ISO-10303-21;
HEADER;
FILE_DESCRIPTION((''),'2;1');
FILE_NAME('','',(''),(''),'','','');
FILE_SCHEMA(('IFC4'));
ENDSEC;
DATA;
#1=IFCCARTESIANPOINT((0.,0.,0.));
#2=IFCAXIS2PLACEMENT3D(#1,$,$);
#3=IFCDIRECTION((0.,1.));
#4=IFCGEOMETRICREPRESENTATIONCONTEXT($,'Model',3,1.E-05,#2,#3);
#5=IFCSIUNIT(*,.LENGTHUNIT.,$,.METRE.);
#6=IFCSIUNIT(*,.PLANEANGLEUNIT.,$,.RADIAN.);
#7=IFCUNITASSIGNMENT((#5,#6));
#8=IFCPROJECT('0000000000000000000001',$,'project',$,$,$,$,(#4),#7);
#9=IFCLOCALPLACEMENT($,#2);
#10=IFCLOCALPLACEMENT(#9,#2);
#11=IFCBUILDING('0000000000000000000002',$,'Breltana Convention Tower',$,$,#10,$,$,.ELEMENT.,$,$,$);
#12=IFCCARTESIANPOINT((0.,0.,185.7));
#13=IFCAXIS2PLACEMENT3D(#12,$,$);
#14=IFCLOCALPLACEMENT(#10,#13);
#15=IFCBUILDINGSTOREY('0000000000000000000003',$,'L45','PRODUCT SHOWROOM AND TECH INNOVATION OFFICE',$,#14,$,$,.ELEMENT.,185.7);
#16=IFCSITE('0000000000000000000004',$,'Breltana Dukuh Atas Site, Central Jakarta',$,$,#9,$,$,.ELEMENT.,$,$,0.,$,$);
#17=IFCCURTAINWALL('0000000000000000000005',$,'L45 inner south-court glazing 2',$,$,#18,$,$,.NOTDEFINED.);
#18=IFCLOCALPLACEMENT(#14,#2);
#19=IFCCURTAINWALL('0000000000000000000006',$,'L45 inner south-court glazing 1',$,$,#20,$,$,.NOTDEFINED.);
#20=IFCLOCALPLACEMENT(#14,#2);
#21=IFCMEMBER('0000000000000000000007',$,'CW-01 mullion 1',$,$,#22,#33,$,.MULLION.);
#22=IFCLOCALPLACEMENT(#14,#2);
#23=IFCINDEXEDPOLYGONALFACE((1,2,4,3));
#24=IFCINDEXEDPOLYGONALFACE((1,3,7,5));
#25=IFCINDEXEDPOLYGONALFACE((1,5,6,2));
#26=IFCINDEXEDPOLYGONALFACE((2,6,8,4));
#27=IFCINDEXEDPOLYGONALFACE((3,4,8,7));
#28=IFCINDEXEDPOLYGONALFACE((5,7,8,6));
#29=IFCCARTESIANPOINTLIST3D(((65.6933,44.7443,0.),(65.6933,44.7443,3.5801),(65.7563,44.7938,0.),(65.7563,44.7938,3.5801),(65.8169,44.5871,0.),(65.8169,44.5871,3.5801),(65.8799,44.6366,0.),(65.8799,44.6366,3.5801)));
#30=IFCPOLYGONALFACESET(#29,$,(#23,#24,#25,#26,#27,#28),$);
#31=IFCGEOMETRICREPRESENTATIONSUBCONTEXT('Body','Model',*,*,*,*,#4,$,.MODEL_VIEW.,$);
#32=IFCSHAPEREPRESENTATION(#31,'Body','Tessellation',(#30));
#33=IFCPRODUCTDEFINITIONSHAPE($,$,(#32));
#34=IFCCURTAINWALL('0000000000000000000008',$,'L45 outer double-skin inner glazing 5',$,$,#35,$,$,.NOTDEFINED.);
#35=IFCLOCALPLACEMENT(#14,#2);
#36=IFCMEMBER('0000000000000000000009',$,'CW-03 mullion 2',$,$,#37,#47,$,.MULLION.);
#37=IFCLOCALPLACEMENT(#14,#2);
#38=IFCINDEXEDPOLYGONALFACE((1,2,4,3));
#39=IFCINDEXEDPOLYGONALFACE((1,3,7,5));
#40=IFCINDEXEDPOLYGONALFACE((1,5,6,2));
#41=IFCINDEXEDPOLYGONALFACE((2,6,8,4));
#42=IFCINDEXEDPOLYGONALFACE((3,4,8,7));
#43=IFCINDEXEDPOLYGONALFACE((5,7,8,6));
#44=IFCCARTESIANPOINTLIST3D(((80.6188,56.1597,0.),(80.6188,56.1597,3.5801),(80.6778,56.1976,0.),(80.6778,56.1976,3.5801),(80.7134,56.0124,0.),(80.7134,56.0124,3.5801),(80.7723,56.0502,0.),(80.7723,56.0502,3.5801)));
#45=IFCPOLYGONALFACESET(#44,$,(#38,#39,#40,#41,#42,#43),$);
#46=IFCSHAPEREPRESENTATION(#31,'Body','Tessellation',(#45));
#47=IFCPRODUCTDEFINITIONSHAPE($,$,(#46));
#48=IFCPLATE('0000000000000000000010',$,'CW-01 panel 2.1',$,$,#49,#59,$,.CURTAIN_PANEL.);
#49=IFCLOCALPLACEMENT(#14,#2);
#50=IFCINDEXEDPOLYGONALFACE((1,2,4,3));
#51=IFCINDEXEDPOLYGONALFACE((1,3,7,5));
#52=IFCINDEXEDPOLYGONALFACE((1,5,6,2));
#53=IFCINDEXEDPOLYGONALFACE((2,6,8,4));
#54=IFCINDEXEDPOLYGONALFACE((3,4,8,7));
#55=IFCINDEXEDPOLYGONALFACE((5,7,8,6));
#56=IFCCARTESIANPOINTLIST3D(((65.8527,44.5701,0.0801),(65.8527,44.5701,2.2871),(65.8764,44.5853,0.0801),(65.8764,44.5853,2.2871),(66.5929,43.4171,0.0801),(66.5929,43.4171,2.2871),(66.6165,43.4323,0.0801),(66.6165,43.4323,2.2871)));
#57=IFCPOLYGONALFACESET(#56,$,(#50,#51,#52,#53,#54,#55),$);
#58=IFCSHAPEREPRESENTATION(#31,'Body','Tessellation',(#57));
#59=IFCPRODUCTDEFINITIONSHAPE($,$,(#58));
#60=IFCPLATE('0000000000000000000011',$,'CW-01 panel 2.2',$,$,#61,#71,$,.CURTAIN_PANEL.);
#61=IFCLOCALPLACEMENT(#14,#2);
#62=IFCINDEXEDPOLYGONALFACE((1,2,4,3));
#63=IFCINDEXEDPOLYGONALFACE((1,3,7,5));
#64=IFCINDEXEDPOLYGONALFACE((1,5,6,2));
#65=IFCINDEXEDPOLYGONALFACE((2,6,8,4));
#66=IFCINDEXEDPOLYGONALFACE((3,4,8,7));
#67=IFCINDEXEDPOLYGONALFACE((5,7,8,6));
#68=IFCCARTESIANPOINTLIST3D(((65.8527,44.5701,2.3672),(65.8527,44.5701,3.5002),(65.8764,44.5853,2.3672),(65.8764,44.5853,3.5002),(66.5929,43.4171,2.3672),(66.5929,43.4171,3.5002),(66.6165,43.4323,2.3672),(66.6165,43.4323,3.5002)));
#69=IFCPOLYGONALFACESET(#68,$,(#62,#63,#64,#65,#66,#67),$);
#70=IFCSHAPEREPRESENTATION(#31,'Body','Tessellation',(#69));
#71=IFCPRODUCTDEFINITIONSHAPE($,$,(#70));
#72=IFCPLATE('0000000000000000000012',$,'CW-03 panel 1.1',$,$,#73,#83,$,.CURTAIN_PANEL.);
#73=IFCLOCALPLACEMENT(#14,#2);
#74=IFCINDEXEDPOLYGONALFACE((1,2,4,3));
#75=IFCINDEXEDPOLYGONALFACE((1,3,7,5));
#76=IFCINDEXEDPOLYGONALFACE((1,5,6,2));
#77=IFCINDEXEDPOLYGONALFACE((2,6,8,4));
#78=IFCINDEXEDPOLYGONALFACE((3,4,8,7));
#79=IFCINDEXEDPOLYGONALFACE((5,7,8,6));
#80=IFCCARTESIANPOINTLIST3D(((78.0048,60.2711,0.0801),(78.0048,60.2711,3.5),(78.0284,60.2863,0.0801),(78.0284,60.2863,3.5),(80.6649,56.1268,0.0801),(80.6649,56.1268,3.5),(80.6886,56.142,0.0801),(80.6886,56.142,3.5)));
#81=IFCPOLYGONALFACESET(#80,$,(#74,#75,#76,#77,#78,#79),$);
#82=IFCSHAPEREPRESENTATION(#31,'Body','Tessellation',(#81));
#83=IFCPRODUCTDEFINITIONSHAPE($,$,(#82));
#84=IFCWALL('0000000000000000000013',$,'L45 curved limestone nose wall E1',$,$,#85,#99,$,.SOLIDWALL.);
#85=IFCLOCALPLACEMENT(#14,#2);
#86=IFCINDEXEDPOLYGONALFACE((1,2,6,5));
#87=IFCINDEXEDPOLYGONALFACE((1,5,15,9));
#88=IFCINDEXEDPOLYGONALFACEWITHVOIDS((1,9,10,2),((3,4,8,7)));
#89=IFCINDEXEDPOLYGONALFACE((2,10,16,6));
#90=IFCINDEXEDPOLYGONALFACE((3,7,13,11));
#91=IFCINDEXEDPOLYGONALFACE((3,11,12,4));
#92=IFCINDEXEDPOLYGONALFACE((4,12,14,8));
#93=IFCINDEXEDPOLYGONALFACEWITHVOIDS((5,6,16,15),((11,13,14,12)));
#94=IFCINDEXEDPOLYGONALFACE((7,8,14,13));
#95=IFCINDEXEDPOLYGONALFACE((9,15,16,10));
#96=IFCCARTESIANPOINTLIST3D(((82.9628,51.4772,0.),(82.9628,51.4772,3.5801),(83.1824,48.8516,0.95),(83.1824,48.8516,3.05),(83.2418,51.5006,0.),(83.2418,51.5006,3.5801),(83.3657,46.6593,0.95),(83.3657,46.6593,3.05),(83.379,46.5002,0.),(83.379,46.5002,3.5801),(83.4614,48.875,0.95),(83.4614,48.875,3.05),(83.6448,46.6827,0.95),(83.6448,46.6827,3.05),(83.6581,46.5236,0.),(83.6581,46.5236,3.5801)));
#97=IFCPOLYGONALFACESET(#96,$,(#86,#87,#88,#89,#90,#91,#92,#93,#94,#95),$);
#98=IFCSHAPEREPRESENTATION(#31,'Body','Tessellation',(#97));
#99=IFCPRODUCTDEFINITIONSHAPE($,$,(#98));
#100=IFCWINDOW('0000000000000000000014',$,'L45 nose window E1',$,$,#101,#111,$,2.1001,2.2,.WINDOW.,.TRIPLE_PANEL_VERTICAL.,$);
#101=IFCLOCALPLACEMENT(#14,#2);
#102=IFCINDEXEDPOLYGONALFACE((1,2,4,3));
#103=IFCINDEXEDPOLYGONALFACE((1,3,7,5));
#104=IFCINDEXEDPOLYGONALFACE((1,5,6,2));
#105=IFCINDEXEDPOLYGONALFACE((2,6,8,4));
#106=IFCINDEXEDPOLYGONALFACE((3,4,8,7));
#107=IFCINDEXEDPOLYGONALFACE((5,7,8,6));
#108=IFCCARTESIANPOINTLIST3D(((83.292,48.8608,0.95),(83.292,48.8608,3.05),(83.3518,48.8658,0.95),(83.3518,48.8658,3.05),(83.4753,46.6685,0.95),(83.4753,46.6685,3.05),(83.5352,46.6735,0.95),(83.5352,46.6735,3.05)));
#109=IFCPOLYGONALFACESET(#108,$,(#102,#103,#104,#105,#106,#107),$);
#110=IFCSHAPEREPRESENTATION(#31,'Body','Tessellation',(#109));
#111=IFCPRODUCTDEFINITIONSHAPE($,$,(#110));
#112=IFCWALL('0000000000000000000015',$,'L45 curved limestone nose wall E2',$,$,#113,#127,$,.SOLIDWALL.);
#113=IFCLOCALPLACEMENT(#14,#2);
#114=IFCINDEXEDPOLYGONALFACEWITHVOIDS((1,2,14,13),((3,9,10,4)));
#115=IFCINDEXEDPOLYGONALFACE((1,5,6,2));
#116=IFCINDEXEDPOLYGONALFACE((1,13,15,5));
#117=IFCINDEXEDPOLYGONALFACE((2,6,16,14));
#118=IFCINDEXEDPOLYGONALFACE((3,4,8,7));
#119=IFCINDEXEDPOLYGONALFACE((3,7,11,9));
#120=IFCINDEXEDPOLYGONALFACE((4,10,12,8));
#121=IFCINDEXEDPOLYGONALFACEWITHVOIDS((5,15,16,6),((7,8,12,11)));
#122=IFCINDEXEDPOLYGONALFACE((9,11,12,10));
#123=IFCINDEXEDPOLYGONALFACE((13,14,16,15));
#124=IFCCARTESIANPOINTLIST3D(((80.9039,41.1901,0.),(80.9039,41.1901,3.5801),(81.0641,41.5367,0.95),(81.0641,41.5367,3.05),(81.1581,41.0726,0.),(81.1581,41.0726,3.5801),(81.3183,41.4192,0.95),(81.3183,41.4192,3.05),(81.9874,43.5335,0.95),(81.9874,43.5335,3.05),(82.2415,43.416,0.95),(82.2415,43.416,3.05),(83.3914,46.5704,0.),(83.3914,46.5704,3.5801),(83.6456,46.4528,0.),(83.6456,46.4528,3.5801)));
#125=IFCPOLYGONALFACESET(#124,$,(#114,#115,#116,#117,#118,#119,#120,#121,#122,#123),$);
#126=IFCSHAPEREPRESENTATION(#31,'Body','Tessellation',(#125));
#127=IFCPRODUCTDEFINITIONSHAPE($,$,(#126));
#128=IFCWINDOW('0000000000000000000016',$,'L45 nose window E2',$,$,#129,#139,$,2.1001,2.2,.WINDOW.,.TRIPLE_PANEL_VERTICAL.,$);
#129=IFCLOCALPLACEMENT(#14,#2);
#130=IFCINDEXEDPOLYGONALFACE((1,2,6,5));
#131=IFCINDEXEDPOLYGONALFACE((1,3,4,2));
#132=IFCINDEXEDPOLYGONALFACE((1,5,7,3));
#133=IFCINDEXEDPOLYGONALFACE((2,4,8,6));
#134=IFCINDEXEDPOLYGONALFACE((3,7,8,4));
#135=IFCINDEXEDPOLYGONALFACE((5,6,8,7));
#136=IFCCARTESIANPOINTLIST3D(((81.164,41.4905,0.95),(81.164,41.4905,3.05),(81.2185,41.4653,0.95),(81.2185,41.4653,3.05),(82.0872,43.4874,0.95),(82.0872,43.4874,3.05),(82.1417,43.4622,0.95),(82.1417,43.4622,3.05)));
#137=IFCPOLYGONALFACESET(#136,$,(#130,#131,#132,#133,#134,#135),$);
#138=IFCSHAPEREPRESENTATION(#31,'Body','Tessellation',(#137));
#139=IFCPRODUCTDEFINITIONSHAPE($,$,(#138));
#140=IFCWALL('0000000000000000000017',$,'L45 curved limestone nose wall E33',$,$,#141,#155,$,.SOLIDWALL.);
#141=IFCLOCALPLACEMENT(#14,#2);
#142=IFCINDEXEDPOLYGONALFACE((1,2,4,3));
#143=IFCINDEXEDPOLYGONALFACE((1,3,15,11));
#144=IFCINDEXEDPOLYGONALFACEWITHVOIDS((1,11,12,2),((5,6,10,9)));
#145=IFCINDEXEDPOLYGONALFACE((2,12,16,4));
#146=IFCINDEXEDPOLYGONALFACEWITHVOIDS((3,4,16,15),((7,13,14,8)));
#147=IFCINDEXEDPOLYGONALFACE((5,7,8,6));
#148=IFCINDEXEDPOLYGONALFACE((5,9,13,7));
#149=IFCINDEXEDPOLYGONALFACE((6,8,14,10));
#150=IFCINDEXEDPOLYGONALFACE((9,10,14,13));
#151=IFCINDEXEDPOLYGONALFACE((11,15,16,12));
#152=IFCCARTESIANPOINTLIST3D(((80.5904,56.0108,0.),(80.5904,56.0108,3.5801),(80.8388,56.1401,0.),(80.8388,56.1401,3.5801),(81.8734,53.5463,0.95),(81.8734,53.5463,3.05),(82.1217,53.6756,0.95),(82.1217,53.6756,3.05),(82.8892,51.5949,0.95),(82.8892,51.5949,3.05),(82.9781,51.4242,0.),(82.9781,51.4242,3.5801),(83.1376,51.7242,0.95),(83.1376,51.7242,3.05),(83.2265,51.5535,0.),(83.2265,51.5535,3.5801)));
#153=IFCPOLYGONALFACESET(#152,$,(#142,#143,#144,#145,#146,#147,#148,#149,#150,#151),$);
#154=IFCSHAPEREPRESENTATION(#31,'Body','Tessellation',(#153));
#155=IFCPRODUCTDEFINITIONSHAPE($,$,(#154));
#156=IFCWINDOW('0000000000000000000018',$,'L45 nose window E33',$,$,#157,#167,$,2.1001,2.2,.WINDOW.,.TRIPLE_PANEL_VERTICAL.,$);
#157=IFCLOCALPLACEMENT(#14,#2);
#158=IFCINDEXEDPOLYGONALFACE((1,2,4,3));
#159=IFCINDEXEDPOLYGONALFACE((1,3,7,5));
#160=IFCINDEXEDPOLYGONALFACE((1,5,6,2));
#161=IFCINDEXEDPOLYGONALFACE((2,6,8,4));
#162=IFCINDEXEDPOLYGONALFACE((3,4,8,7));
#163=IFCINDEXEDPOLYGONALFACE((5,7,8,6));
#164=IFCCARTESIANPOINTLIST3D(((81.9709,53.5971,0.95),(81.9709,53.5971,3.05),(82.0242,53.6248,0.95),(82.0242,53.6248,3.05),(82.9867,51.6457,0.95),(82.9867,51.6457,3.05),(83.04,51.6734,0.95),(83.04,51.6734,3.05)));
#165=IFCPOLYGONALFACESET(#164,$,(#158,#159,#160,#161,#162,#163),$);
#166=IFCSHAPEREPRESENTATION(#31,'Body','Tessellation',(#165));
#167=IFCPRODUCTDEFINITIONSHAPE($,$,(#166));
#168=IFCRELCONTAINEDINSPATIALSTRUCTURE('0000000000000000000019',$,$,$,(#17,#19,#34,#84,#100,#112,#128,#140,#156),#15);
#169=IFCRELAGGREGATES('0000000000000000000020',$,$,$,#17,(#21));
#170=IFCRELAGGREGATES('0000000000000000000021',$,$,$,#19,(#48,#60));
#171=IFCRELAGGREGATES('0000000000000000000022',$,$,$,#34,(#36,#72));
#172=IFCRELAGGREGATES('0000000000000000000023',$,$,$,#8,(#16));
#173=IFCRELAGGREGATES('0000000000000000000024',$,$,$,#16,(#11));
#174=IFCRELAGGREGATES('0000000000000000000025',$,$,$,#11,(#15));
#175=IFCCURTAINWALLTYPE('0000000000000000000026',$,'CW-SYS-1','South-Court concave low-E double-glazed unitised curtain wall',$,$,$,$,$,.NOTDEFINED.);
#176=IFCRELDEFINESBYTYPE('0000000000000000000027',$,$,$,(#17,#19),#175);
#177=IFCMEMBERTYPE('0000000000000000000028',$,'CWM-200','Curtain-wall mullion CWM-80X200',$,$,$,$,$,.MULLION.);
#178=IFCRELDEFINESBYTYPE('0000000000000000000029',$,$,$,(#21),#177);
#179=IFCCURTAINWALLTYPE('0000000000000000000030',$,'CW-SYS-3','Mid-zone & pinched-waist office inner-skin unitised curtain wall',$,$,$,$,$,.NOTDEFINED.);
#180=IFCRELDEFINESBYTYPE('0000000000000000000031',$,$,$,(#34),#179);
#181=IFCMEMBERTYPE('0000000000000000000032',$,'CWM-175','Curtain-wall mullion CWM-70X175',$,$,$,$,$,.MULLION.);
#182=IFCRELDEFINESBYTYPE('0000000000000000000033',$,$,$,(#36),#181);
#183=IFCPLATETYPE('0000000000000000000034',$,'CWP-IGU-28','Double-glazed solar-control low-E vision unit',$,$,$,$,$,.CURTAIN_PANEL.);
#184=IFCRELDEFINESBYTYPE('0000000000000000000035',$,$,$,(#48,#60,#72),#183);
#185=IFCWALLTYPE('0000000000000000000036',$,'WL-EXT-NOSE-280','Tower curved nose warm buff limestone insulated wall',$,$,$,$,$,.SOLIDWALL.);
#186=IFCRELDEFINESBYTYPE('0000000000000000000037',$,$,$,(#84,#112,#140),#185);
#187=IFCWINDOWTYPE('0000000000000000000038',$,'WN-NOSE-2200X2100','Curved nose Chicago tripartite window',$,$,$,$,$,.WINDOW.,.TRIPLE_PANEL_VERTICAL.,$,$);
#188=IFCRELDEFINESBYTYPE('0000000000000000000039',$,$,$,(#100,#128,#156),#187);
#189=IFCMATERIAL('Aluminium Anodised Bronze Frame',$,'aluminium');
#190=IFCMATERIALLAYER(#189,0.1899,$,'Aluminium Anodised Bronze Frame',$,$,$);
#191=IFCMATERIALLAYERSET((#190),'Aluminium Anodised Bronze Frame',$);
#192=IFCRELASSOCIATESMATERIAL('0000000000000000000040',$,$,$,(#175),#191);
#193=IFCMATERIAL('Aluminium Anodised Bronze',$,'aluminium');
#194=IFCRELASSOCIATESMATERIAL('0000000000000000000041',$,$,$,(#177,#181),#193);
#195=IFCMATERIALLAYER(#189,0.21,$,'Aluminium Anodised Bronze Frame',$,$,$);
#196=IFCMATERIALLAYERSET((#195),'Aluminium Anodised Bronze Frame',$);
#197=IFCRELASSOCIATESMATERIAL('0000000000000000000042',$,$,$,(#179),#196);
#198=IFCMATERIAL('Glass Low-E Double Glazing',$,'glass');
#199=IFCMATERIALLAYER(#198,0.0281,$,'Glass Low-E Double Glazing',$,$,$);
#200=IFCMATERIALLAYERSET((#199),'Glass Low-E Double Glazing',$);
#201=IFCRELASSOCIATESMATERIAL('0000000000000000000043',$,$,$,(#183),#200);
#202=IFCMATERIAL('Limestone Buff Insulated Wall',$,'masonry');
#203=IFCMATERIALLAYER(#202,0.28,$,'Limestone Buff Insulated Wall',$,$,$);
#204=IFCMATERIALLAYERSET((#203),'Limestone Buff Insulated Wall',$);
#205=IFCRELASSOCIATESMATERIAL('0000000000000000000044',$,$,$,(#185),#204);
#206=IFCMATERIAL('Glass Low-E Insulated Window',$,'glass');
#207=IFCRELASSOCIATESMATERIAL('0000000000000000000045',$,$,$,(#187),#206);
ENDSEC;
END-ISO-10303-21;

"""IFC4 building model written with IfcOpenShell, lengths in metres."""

from ifc_helpers import new_model, si_unit, direction, frame, frame_2d, origin, origin_2d, place, context, subcontext, project, spatial, rectangle, extrude, source, transform, mapped, material, layer, layer_set, material_profile, profile_set, type_object, type_shapes, element, fill, aggregate, save


model = new_model("IFC4")

# Units and contexts
model_context = context("Model", 3, precision=1e-05, world=origin(), true_north=direction((0.0, 1.0)))
body_context = subcontext(model_context, "Body", "Model", "MODEL_VIEW")
ifc_project = project(units=[si_unit("LENGTHUNIT", "METRE"), si_unit("PLANEANGLEUNIT", "RADIAN")], contexts=[model_context])

# Site, building, storey
site_placement = place(None, origin())
site = spatial("IfcSite", under=ifc_project, at=site_placement, Name="Breltana Dukuh Atas Site, Central Jakarta", CompositionType="ELEMENT", RefElevation=0.0)
building_placement = place(site_placement, origin())
building = spatial("IfcBuilding", under=site, at=building_placement, Name="Breltana Convention Tower", CompositionType="ELEMENT")
storey_placement = place(building_placement, frame((0.0, 0.0, 185.7)))
storey = spatial("IfcBuildingStorey", under=building, at=storey_placement, Name="L45", Description="PRODUCT SHOWROOM AND TECH INNOVATION OFFICE", CompositionType="ELEMENT", Elevation=185.7)

# Curtain wall
ifc_material_1 = material(Name="Aluminium Anodised Bronze Frame", Category="aluminium")
ifc_layer_1 = layer(ifc_material_1, 0.1899, Name="Aluminium Anodised Bronze Frame")
ifc_layer_set_1 = layer_set([ifc_layer_1], Name="Aluminium Anodised Bronze Frame")
curtain_wall_type_1 = type_object("IfcCurtainWallType", Name="CW-SYS-1", Description="South-Court concave low-E double-glazed unitised curtain wall", PredefinedType="NOTDEFINED", material=ifc_layer_set_1)
curtain_wall_1_placement = place(storey_placement, origin())
curtain_wall_1 = element("IfcCurtainWall", 1, at=curtain_wall_1_placement, inside=storey, type_object=curtain_wall_type_1, Name="L45 inner south-court glazing 2", PredefinedType="NOTDEFINED")
ifc_material_2 = material(Name="Aluminium Anodised Bronze", Category="aluminium")

# Curtain wall
curtain_wall_2_placement = place(storey_placement, origin())
curtain_wall_2 = element("IfcCurtainWall", 2, at=curtain_wall_2_placement, inside=storey, type_object=curtain_wall_type_1, Name="L45 inner south-court glazing 1", PredefinedType="NOTDEFINED")
ifc_material_profile_1 = material_profile(ifc_material_2, rectangle(XDim=0.0801, YDim=0.2, at=origin_2d()), Name="CWM-80X200")
ifc_profile_set_1 = profile_set([ifc_material_profile_1], Name="Aluminium Anodised Bronze")
member_type_1 = type_object("IfcMemberType", Name="CWM-200", Description="Curtain-wall mullion CWM-80X200", PredefinedType="MULLION", material=ifc_profile_set_1)
shared_shape_1 = source(origin(), body_context, "Body", "SweptSolid", [
    extrude(rectangle(XDim=0.0801, YDim=0.2, at=origin_2d()), origin(), (0.0, 0.0, 1.0), 3.5801),
])

# Member
member_1_placement = place(storey_placement, frame((65.7866, 44.6904, 0.0), z_axis=(0.0, 0.0, 1.0), x_axis=(-0.786051, -0.618161, 0.0)))
member_1 = element("IfcMember", 3, at=member_1_placement, type_object=member_type_1, Name="CW-01 mullion 1", PredefinedType="MULLION", context=body_context, shape_type="MappedRepresentation", body=[
    mapped(shared_shape_1, transform((0.0, 0.0, 0.0), scale=1.0)),
])
aggregate(curtain_wall_1, [member_1])

# Curtain wall, member
ifc_layer_2 = layer(ifc_material_1, 0.21, Name="Aluminium Anodised Bronze Frame")
ifc_layer_set_2 = layer_set([ifc_layer_2], Name="Aluminium Anodised Bronze Frame")
curtain_wall_type_2 = type_object("IfcCurtainWallType", Name="CW-SYS-3", Description="Mid-zone & pinched-waist office inner-skin unitised curtain wall", PredefinedType="NOTDEFINED", material=ifc_layer_set_2)
curtain_wall_3_placement = place(storey_placement, origin())
curtain_wall_3 = element("IfcCurtainWall", 4, at=curtain_wall_3_placement, inside=storey, type_object=curtain_wall_type_2, Name="L45 outer double-skin inner glazing 5", PredefinedType="NOTDEFINED")
ifc_material_profile_2 = material_profile(ifc_material_2, rectangle(XDim=0.0701, YDim=0.175, at=origin_2d()), Name="CWM-70X175")
ifc_profile_set_2 = profile_set([ifc_material_profile_2], Name="Aluminium Anodised Bronze")
member_type_2 = type_object("IfcMemberType", Name="CWM-175", Description="Curtain-wall mullion CWM-70X175", PredefinedType="MULLION", material=ifc_profile_set_2)
shared_shape_2 = source(origin(), body_context, "Body", "SweptSolid", [
    extrude(rectangle(XDim=0.0701, YDim=0.175, at=origin_2d()), origin(), (0.0, 0.0, 1.0), 3.5801),
])
member_2_placement = place(storey_placement, frame((80.6956, 56.105, 0.0), z_axis=(0.0, 0.0, 1.0), x_axis=(0.841554, 0.540173, 0.0)))
member_2 = element("IfcMember", 5, at=member_2_placement, type_object=member_type_2, Name="CW-03 mullion 2", PredefinedType="MULLION", context=body_context, shape_type="MappedRepresentation", body=[
    mapped(shared_shape_2, transform((0.0, 0.0, 0.0), scale=1.0)),
])

# Plates
ifc_material_3 = material(Name="Glass Low-E Double Glazing", Category="glass")
ifc_layer_3 = layer(ifc_material_3, 0.0281, Name="Glass Low-E Double Glazing")
ifc_layer_set_3 = layer_set([ifc_layer_3], Name="Glass Low-E Double Glazing")
plate_type = type_object("IfcPlateType", Name="CWP-IGU-28", Description="Double-glazed solar-control low-E vision unit", PredefinedType="CURTAIN_PANEL", material=ifc_layer_set_3)
shared_shape_3 = source(origin(), body_context, "Body", "SweptSolid", [
    extrude(rectangle(XDim=1.3701, YDim=0.0281, at=origin_2d()), origin(), (0.0, 0.0, 1.0), 2.207),
])
plate_1_placement = place(storey_placement, frame((66.2346, 44.0012, 0.0801), z_axis=(0.0, 0.0, 1.0), x_axis=(-0.540184, 0.841547, 0.0)))
plate_1 = element("IfcPlate", 6, at=plate_1_placement, type_object=plate_type, Name="CW-01 panel 2.1", PredefinedType="CURTAIN_PANEL", context=body_context, shape_type="MappedRepresentation", body=[
    mapped(shared_shape_3, transform((0.0, 0.0, 0.0), scale=1.0)),
])
shared_shape_4 = source(origin(), body_context, "Body", "SweptSolid", [
    extrude(rectangle(XDim=1.3701, YDim=0.0281, at=origin_2d()), origin(), (0.0, 0.0, 1.0), 1.1331),
])
plate_2_placement = place(storey_placement, frame((66.2346, 44.0012, 2.3672), z_axis=(0.0, 0.0, 1.0), x_axis=(-0.540184, 0.841547, 0.0)))
plate_2 = element("IfcPlate", 7, at=plate_2_placement, type_object=plate_type, Name="CW-01 panel 2.2", PredefinedType="CURTAIN_PANEL", context=body_context, shape_type="MappedRepresentation", body=[
    mapped(shared_shape_4, transform((0.0, 0.0, 0.0), scale=1.0)),
])
aggregate(curtain_wall_2, [plate_1, plate_2])
shared_shape_5 = source(origin(), body_context, "Body", "SweptSolid", [
    extrude(rectangle(XDim=4.9246, YDim=0.0281, at=origin_2d()), origin(), (0.0, 0.0, 1.0), 3.4199),
])
plate_3_placement = place(storey_placement, frame((79.3467, 58.2065, 0.0801), z_axis=(0.0, 0.0, 1.0), x_axis=(0.540173, -0.841554, 0.0)))
plate_3 = element("IfcPlate", 8, at=plate_3_placement, type_object=plate_type, Name="CW-03 panel 1.1", PredefinedType="CURTAIN_PANEL", context=body_context, shape_type="MappedRepresentation", body=[
    mapped(shared_shape_5, transform((0.0, 0.0, 0.0), scale=1.0)),
])
aggregate(curtain_wall_3, [member_2, plate_3])

# Walls, openings, windows
ifc_material_4 = material(Name="Limestone Buff Insulated Wall", Category="masonry")
ifc_layer_4 = layer(ifc_material_4, 0.28, Name="Limestone Buff Insulated Wall")
ifc_layer_set_4 = layer_set([ifc_layer_4], Name="Limestone Buff Insulated Wall")
wall_type_1 = type_object("IfcWallType", Name="WL-EXT-NOSE-280", Description="Tower curved nose warm buff limestone insulated wall", PredefinedType="SOLIDWALL", material=ifc_layer_set_4)
shared_shape_6 = source(origin(), body_context, "Body", "SweptSolid", [
    extrude(rectangle(XDim=4.9944, YDim=0.28, at=frame_2d((2.4971, 0.0))), origin(), (0.0, 0.0, 1.0), 3.5801),
])
wall_1_placement = place(storey_placement, frame((83.1023, 51.4888, 0.0), z_axis=(0.0, 0.0, 1.0), x_axis=(0.083345, -0.996521, 0.0)))
wall_1 = element("IfcWall", 9, at=wall_1_placement, inside=storey, type_object=wall_type_1, Name="L45 curved limestone nose wall E1", PredefinedType="SOLIDWALL", context=body_context, shape_type="MappedRepresentation", body=[
    mapped(shared_shape_6, transform((0.0, 0.0, 0.0), scale=1.0)),
])
opening_1_placement = place(wall_1_placement, frame((2.6345, 0.0, 0.95)))
opening_1 = element("IfcOpeningElement", 10, at=opening_1_placement, cuts=wall_1, PredefinedType="OPENING", context=body_context, shape_type="SweptSolid", body=[
    extrude(rectangle(XDim=2.2, YDim=2.1001, at=frame_2d((1.1001, 1.05))), frame((0.0, 0.1499, 0.0), z_axis=(0.0, -1.0, 0.0), x_axis=(1.0, 0.0, 0.0)), (0.0, 0.0, 1.0), 0.3),
])
ifc_material_5 = material(Name="Glass Low-E Insulated Window", Category="glass")
window_type = type_object("IfcWindowType", Name="WN-NOSE-2200X2100", Description="Curved nose Chicago tripartite window", PartitioningType="TRIPLE_PANEL_VERTICAL", PredefinedType="WINDOW", material=ifc_material_5)
shared_shape_7 = source(origin(), body_context, "Body", "SweptSolid", [
    extrude(rectangle(XDim=2.2, YDim=2.1001, at=frame_2d((1.1001, 1.05))), frame((0.0, 0.03, 0.0), z_axis=(0.0, -1.0, 0.0), x_axis=(1.0, 0.0, 0.0)), (0.0, 0.0, 1.0), 0.0601),
])
type_shapes(window_type, [shared_shape_7])
window_1_placement = place(opening_1_placement, origin())
window_1 = element("IfcWindow", 11, at=window_1_placement, inside=storey, type_object=window_type, Name="L45 nose window E1", OverallHeight=2.1001, OverallWidth=2.2, PartitioningType="TRIPLE_PANEL_VERTICAL", PredefinedType="WINDOW", context=body_context, shape_type="MappedRepresentation", body=[
    mapped(shared_shape_7, transform((0.0, 0.0, 0.0), scale=1.0)),
])
fill(opening_1, window_1)
shared_shape_8 = source(origin(), body_context, "Body", "SweptSolid", [
    extrude(rectangle(XDim=5.9275, YDim=0.28, at=frame_2d((2.9639, 0.0))), origin(), (0.0, 0.0, 1.0), 3.5801),
])
wall_2_placement = place(storey_placement, frame((83.5186, 46.5117, 0.0), z_axis=(0.0, 0.0, 1.0), x_axis=(-0.419656, -0.907683, 0.0)))
wall_2 = element("IfcWall", 12, at=wall_2_placement, inside=storey, type_object=wall_type_1, Name="L45 curved limestone nose wall E2", PredefinedType="SOLIDWALL", context=body_context, shape_type="MappedRepresentation", body=[
    mapped(shared_shape_8, transform((0.0, 0.0, 0.0), scale=1.0)),
])
opening_2_placement = place(wall_2_placement, frame((3.3457, 0.0, 0.95)))
opening_2 = element("IfcOpeningElement", 13, at=opening_2_placement, cuts=wall_2, PredefinedType="OPENING", context=body_context, shape_type="SweptSolid", body=[
    extrude(rectangle(XDim=2.2, YDim=2.1001, at=frame_2d((1.1001, 1.05))), frame((0.0, 0.1499, 0.0), z_axis=(0.0, -1.0, 0.0), x_axis=(1.0, 0.0, 0.0)), (0.0, 0.0, 1.0), 0.3),
])
window_2_placement = place(opening_2_placement, origin())
window_2 = element("IfcWindow", 14, at=window_2_placement, inside=storey, type_object=window_type, Name="L45 nose window E2", OverallHeight=2.1001, OverallWidth=2.2, PartitioningType="TRIPLE_PANEL_VERTICAL", PredefinedType="WINDOW", context=body_context, shape_type="MappedRepresentation", body=[
    mapped(shared_shape_7, transform((0.0, 0.0, 0.0), scale=1.0)),
])
fill(opening_2, window_2)
shared_shape_9 = source(origin(), body_context, "Body", "SweptSolid", [
    extrude(rectangle(XDim=5.1709, YDim=0.28, at=frame_2d((2.5854, 0.0))), origin(), (0.0, 0.0, 1.0), 3.5801),
])
wall_3_placement = place(storey_placement, frame((80.7146, 56.0754, 0.0), z_axis=(0.0, 0.0, 1.0), x_axis=(0.461753, -0.887009, 0.0)))
wall_3 = element("IfcWall", 15, at=wall_3_placement, inside=storey, type_object=wall_type_1, Name="L45 curved limestone nose wall E33", PredefinedType="SOLIDWALL", context=body_context, shape_type="MappedRepresentation", body=[
    mapped(shared_shape_9, transform((0.0, 0.0, 0.0), scale=1.0)),
])
opening_3_placement = place(wall_3_placement, frame((2.7783, 0.0, 0.95)))
opening_3 = element("IfcOpeningElement", 16, at=opening_3_placement, cuts=wall_3, PredefinedType="OPENING", context=body_context, shape_type="SweptSolid", body=[
    extrude(rectangle(XDim=2.2, YDim=2.1001, at=frame_2d((1.1001, 1.05))), frame((0.0, 0.1499, 0.0), z_axis=(0.0, -1.0, 0.0), x_axis=(1.0, 0.0, 0.0)), (0.0, 0.0, 1.0), 0.3),
])
window_3_placement = place(opening_3_placement, origin())
window_3 = element("IfcWindow", 17, at=window_3_placement, inside=storey, type_object=window_type, Name="L45 nose window E33", OverallHeight=2.1001, OverallWidth=2.2, PartitioningType="TRIPLE_PANEL_VERTICAL", PredefinedType="WINDOW", context=body_context, shape_type="MappedRepresentation", body=[
    mapped(shared_shape_7, transform((0.0, 0.0, 0.0), scale=1.0)),
])
fill(opening_3, window_3)

save(model, "model.ifc")
